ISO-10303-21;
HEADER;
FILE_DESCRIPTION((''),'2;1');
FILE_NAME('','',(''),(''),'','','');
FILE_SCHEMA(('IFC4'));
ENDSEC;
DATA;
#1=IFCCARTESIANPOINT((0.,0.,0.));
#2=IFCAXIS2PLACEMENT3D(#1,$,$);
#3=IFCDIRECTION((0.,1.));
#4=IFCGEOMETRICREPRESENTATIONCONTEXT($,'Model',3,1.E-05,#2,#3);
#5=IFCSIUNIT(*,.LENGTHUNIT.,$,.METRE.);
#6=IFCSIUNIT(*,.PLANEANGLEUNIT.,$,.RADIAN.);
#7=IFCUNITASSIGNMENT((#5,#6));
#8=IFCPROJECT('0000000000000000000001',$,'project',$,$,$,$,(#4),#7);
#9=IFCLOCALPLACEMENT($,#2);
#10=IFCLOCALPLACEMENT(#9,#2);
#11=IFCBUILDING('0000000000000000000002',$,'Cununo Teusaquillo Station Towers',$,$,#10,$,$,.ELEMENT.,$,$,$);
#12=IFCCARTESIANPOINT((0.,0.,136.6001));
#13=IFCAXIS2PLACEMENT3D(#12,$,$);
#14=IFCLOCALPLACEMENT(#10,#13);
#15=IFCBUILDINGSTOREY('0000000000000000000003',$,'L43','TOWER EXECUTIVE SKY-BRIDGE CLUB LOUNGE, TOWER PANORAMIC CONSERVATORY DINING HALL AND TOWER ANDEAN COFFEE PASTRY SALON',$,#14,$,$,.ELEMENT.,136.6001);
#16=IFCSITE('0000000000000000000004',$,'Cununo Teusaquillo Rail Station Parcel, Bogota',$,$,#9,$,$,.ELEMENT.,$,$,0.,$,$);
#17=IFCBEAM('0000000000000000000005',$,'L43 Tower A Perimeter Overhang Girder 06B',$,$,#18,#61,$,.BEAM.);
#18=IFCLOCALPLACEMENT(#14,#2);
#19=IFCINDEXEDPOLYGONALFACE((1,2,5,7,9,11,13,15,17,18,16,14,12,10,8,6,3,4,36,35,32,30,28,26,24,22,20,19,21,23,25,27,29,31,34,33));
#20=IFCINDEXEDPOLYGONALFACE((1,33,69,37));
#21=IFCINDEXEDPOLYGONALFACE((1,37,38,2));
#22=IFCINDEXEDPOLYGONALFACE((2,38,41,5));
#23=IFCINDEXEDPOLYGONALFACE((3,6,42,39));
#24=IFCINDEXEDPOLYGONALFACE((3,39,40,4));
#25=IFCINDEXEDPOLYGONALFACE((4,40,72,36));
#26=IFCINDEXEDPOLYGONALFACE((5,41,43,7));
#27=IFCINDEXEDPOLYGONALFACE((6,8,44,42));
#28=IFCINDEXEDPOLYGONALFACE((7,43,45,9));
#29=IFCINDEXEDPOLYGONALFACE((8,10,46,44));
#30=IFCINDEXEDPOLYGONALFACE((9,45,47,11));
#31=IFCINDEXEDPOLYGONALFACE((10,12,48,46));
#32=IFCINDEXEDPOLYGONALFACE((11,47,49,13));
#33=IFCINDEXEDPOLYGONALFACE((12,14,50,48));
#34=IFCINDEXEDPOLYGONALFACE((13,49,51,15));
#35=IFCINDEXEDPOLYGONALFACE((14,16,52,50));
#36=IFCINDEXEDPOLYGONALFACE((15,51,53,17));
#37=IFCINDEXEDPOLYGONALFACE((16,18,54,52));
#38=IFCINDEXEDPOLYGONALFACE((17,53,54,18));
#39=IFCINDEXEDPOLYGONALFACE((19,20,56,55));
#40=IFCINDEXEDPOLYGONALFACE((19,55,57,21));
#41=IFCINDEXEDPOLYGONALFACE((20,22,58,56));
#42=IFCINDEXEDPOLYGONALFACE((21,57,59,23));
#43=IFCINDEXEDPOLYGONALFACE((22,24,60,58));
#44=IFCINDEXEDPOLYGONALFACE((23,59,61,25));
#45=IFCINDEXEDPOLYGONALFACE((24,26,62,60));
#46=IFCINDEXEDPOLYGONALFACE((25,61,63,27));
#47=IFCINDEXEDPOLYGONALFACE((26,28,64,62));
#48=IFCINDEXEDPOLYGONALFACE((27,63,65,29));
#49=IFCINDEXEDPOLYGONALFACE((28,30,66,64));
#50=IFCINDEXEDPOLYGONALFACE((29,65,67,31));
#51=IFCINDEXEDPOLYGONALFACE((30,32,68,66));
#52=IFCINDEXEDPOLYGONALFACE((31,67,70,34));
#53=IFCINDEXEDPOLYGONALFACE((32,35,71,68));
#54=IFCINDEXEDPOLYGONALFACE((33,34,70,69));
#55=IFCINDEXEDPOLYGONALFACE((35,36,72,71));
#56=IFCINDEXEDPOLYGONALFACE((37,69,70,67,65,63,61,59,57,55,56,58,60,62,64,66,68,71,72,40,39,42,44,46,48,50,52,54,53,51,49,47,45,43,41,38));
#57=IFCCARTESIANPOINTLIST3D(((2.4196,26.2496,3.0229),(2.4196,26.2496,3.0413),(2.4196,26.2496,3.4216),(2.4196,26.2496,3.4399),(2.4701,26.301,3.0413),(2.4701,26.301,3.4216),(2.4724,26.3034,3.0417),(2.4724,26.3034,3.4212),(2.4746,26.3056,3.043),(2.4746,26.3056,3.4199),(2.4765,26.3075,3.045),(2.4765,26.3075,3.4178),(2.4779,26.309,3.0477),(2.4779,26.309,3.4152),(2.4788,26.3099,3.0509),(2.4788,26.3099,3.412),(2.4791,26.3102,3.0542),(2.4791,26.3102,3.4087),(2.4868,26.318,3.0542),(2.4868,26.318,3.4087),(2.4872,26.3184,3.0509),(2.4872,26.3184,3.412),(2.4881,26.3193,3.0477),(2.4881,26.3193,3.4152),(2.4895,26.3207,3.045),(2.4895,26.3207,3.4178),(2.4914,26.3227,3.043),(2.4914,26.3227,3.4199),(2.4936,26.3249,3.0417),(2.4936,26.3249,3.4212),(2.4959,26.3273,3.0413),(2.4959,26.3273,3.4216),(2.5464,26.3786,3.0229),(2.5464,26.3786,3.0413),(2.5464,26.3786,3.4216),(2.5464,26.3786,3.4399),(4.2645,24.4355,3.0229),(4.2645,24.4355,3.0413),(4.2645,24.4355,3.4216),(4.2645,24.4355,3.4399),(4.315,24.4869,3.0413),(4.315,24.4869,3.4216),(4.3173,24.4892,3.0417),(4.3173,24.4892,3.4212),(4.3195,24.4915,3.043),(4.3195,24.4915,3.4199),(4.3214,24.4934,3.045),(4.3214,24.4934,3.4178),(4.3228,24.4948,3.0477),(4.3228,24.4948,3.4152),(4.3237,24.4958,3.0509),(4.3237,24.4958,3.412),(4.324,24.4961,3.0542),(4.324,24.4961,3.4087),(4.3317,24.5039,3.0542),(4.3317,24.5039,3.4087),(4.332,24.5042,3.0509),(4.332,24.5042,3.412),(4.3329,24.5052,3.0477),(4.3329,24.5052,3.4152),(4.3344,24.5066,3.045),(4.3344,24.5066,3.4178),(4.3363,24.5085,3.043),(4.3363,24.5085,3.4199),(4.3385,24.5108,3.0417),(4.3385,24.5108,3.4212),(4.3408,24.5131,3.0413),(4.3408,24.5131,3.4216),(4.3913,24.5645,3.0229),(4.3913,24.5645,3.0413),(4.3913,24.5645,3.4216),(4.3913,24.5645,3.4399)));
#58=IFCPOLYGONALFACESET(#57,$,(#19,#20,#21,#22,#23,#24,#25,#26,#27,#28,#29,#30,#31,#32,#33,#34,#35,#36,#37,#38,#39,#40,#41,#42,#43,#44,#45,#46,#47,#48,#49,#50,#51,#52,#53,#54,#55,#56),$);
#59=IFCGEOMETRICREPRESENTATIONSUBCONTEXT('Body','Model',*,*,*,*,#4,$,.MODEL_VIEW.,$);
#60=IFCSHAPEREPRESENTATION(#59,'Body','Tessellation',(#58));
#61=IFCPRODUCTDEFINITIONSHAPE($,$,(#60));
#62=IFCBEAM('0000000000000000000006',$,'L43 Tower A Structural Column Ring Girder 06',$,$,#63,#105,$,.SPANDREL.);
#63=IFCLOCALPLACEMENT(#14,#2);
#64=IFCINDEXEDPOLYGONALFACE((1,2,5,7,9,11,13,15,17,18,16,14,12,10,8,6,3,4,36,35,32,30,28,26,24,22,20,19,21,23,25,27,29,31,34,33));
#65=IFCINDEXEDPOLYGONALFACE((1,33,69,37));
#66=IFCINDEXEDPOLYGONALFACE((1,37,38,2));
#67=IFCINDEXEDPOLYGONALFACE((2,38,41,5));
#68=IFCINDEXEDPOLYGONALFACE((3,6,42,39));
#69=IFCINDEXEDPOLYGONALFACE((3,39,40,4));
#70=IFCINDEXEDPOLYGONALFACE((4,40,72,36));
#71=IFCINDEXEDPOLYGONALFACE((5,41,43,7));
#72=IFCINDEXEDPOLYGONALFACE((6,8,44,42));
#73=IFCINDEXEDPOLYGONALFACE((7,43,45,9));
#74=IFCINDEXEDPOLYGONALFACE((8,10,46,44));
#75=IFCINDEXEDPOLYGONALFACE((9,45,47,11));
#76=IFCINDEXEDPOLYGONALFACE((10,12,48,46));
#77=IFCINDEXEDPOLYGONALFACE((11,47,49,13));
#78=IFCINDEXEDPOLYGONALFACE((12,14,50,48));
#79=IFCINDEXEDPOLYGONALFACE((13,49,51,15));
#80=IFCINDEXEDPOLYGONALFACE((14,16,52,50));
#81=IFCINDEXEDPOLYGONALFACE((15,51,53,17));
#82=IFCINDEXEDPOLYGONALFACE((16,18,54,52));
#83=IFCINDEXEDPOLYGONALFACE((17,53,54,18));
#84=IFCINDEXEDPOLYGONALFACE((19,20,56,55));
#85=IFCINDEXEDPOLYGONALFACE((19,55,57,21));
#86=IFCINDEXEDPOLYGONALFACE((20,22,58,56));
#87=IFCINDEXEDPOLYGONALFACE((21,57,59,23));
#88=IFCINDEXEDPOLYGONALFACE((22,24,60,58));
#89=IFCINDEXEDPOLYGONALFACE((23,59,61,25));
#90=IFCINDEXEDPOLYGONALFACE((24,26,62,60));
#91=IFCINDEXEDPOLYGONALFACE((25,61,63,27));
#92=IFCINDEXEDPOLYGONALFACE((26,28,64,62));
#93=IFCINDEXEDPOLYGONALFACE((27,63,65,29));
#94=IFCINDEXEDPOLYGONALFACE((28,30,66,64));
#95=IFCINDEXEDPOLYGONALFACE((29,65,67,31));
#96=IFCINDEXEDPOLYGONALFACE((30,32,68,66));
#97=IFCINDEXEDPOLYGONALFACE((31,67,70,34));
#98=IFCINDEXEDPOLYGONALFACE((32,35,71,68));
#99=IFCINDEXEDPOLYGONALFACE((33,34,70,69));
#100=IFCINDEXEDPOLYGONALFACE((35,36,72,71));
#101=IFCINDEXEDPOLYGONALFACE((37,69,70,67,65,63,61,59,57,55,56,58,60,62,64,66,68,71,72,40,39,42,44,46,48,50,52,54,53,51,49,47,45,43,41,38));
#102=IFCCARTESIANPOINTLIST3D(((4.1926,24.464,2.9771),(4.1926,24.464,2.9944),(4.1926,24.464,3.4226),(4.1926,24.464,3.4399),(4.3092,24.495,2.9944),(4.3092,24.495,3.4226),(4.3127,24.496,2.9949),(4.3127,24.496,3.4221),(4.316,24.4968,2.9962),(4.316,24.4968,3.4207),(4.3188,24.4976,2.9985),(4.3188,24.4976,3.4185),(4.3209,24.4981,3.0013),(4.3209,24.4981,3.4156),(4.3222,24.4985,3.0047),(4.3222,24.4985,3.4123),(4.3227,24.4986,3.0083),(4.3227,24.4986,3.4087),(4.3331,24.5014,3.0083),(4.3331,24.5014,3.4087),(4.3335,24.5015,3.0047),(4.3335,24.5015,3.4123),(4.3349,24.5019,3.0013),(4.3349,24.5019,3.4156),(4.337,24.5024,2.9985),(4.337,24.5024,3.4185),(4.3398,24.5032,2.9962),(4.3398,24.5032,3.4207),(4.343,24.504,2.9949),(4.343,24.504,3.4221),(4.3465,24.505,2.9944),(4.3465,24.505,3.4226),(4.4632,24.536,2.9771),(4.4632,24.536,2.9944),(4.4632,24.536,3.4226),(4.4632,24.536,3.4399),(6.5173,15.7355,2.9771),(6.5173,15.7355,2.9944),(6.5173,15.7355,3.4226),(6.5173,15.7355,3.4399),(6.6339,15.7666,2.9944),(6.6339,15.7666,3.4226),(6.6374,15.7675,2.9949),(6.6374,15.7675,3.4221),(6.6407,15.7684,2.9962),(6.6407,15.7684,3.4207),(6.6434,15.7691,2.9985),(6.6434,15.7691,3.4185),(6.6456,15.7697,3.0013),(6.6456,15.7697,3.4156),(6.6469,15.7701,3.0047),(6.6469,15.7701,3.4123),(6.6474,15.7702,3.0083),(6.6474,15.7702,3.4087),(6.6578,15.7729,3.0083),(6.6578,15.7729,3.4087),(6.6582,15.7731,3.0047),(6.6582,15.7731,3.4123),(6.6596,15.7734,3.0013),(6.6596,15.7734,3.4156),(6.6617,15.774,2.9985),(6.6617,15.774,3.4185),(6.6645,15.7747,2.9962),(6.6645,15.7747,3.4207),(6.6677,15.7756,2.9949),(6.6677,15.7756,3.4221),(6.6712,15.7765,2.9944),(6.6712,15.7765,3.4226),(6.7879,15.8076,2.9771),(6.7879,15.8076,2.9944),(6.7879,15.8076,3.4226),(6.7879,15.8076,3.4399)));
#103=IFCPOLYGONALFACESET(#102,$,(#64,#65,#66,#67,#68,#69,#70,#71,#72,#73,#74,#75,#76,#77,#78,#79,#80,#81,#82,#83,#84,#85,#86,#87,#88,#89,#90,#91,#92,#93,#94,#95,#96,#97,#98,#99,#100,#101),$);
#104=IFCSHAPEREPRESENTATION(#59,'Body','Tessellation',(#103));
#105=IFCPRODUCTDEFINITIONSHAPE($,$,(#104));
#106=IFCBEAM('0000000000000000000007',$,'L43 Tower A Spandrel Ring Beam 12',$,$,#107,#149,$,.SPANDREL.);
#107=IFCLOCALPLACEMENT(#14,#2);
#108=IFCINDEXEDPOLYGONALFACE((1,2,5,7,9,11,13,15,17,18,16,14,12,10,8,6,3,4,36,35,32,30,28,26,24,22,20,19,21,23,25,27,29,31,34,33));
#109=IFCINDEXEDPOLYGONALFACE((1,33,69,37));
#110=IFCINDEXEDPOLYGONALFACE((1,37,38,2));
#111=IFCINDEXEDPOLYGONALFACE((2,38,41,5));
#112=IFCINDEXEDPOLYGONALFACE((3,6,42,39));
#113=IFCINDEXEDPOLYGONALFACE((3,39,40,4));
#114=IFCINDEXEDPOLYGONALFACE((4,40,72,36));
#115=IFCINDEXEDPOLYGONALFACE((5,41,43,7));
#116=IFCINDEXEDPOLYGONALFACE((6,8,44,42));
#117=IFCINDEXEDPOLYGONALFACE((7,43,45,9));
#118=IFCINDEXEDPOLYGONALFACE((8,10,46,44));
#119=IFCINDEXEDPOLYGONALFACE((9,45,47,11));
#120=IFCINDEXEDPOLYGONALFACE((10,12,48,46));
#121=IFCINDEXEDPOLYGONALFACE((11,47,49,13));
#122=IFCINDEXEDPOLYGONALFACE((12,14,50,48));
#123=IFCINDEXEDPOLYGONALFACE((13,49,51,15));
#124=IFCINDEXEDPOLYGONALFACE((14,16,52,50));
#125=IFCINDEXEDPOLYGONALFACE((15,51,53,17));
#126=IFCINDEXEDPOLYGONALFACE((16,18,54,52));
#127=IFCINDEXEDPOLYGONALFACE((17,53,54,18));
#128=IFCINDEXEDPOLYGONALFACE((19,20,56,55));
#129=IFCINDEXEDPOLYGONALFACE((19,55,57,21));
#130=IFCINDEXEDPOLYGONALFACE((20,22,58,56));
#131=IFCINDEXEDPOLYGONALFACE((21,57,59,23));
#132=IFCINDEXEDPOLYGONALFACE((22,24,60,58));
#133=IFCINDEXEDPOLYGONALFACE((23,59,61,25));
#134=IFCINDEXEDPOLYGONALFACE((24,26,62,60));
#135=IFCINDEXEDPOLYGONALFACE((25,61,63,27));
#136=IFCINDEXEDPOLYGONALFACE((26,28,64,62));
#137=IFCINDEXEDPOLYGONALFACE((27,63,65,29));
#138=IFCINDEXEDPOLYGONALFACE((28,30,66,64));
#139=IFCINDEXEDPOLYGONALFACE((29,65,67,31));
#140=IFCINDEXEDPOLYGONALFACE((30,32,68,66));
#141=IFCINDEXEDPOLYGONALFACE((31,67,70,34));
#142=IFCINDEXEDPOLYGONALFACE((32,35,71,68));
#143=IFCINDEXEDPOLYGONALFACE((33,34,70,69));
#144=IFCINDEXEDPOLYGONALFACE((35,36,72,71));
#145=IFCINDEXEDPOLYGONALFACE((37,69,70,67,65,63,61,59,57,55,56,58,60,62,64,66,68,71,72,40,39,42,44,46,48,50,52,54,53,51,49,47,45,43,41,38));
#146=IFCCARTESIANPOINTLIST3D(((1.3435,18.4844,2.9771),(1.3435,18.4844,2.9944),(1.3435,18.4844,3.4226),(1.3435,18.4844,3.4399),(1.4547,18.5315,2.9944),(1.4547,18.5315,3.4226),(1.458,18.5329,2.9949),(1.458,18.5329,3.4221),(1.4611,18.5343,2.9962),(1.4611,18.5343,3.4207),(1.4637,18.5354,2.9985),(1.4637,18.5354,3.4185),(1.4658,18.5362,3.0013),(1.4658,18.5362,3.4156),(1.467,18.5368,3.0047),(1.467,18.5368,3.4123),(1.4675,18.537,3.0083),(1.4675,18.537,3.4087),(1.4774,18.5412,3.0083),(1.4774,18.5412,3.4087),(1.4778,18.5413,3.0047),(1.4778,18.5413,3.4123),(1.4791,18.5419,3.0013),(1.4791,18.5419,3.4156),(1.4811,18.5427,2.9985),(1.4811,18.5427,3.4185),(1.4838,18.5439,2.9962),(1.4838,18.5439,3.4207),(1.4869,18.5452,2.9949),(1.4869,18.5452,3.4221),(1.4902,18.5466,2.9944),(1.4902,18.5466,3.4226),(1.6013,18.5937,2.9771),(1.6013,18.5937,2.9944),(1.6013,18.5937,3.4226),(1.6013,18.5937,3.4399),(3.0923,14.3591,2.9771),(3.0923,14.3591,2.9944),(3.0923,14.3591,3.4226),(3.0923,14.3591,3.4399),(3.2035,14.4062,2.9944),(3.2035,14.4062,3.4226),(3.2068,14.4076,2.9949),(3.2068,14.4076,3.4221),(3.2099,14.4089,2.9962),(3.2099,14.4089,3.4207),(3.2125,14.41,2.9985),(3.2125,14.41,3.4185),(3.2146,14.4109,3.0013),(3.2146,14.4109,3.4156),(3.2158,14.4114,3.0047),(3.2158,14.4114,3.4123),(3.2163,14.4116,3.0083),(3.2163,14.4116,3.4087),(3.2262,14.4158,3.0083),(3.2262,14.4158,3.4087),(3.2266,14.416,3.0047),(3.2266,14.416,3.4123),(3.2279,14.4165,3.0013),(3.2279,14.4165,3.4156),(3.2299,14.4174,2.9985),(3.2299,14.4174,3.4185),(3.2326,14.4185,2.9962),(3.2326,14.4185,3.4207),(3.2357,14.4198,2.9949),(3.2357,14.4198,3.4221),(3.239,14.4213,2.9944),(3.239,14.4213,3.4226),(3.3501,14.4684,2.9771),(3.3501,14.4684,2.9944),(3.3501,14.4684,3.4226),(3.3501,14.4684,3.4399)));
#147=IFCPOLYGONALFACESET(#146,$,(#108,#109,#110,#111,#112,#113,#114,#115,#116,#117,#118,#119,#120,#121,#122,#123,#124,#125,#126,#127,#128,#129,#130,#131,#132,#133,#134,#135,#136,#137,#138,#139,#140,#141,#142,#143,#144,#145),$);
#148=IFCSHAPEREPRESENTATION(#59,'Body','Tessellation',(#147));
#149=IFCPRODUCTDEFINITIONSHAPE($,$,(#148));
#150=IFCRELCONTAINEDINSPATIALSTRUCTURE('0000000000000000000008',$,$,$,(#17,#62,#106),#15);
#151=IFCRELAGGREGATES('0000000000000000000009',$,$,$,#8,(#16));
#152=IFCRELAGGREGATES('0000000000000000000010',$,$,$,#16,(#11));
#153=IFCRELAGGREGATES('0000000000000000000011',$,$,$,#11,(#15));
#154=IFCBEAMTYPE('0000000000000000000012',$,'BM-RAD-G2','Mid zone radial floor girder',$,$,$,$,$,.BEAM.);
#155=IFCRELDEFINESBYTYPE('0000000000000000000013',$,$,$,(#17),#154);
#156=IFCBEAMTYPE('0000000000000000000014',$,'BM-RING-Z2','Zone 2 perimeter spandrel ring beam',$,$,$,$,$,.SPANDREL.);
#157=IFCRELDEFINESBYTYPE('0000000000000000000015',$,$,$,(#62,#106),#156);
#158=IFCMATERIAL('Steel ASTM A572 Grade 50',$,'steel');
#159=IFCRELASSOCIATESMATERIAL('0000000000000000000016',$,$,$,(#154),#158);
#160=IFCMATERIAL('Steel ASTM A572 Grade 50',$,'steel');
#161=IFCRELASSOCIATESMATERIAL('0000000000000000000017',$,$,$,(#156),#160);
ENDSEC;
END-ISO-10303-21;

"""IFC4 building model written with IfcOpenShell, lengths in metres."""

from ifc_helpers import new_model, si_unit, direction, frame, origin, origin_2d, place, context, subcontext, project, spatial, i_section, extrude, material, material_profile, profile_set, type_object, element, save


model = new_model("IFC4")

# Units and contexts
model_context = context("Model", 3, precision=1e-05, world=origin(), true_north=direction((0.0, 1.0)))
body_context = subcontext(model_context, "Body", "Model", "MODEL_VIEW")
ifc_project = project(units=[si_unit("LENGTHUNIT", "METRE"), si_unit("PLANEANGLEUNIT", "RADIAN")], contexts=[model_context])

# Site, building, storey
site_placement = place(None, origin())
site = spatial("IfcSite", under=ifc_project, at=site_placement, Name="Cununo Teusaquillo Rail Station Parcel, Bogota", CompositionType="ELEMENT", RefElevation=0.0)
building_placement = place(site_placement, origin())
building = spatial("IfcBuilding", under=site, at=building_placement, Name="Cununo Teusaquillo Station Towers", CompositionType="ELEMENT")
storey_placement = place(building_placement, frame((0.0, 0.0, 136.6001)))
storey = spatial("IfcBuildingStorey", under=building, at=storey_placement, Name="L43", Description="TOWER EXECUTIVE SKY-BRIDGE CLUB LOUNGE, TOWER PANORAMIC CONSERVATORY DINING HALL AND TOWER ANDEAN COFFEE PASTRY SALON", CompositionType="ELEMENT", Elevation=136.6001)

# Beams
ifc_material_1 = material(Name="Steel ASTM A572 Grade 50", Category="steel")
ifc_material_profile_1 = material_profile(ifc_material_1, i_section(OverallWidth=0.1809, OverallDepth=0.417, WebThickness=0.011, FlangeThickness=0.0183, FilletRadius=0.0129, at=origin_2d()), Name="W16X57")
ifc_profile_set_1 = profile_set([ifc_material_profile_1], Name="Steel ASTM A572 Grade 50")
beam_type_1 = type_object("IfcBeamType", Name="BM-RAD-G2", Description="Mid zone radial floor girder", PredefinedType="BEAM", material=ifc_profile_set_1)
beam_1_placement = place(storey_placement, frame((4.3279, 24.5, 3.2314), z_axis=(-0.713026, 0.701138, 0.0), x_axis=(-0.701138, -0.713026, 0.0)))
element("IfcBeam", 1, at=beam_1_placement, inside=storey, type_object=beam_type_1, Name="L43 Tower A Perimeter Overhang Girder 06B", PredefinedType="BEAM", context=body_context, shape_type="SweptSolid", body=[
    extrude(i_section(OverallWidth=0.1809, OverallDepth=0.417, WebThickness=0.011, FlangeThickness=0.0183, FilletRadius=0.0129, at=origin_2d()), origin(), (0.0, 0.0, 1.0), 2.5874),
])
ifc_material_2 = material(Name="Steel ASTM A572 Grade 50", Category="steel")
ifc_material_profile_2 = material_profile(ifc_material_2, i_section(OverallWidth=0.28, OverallDepth=0.4629, WebThickness=0.0107, FlangeThickness=0.0173, FilletRadius=0.0139, at=origin_2d()), Name="W18X76")
ifc_profile_set_2 = profile_set([ifc_material_profile_2], Name="Steel ASTM A572 Grade 50")
beam_type_2 = type_object("IfcBeamType", Name="BM-RING-Z2", Description="Zone 2 perimeter spandrel ring beam", PredefinedType="SPANDREL", material=ifc_profile_set_2)
beam_2_placement = place(storey_placement, frame((4.3279, 24.5, 3.2085), z_axis=(0.257363, -0.966315, 0.0), x_axis=(0.966315, 0.257363, 0.0)))
element("IfcBeam", 2, at=beam_2_placement, inside=storey, type_object=beam_type_2, Name="L43 Tower A Structural Column Ring Girder 06", PredefinedType="SPANDREL", context=body_context, shape_type="SweptSolid", body=[
    extrude(i_section(OverallWidth=0.28, OverallDepth=0.4629, WebThickness=0.0107, FlangeThickness=0.0173, FilletRadius=0.0139, at=origin_2d()), origin(), (0.0, 0.0, 1.0), 9.0327),
])
beam_3_placement = place(storey_placement, frame((1.4724, 18.5391, 3.2085), z_axis=(0.390299, -0.920688, 0.0), x_axis=(0.920688, 0.390299, 0.0)))
element("IfcBeam", 3, at=beam_3_placement, inside=storey, type_object=beam_type_2, Name="L43 Tower A Spandrel Ring Beam 12", PredefinedType="SPANDREL", context=body_context, shape_type="SweptSolid", body=[
    extrude(i_section(OverallWidth=0.28, OverallDepth=0.4629, WebThickness=0.0107, FlangeThickness=0.0173, FilletRadius=0.0139, at=origin_2d()), origin(), (0.0, 0.0, 1.0), 4.4807),
])

save(model, "model.ifc")
